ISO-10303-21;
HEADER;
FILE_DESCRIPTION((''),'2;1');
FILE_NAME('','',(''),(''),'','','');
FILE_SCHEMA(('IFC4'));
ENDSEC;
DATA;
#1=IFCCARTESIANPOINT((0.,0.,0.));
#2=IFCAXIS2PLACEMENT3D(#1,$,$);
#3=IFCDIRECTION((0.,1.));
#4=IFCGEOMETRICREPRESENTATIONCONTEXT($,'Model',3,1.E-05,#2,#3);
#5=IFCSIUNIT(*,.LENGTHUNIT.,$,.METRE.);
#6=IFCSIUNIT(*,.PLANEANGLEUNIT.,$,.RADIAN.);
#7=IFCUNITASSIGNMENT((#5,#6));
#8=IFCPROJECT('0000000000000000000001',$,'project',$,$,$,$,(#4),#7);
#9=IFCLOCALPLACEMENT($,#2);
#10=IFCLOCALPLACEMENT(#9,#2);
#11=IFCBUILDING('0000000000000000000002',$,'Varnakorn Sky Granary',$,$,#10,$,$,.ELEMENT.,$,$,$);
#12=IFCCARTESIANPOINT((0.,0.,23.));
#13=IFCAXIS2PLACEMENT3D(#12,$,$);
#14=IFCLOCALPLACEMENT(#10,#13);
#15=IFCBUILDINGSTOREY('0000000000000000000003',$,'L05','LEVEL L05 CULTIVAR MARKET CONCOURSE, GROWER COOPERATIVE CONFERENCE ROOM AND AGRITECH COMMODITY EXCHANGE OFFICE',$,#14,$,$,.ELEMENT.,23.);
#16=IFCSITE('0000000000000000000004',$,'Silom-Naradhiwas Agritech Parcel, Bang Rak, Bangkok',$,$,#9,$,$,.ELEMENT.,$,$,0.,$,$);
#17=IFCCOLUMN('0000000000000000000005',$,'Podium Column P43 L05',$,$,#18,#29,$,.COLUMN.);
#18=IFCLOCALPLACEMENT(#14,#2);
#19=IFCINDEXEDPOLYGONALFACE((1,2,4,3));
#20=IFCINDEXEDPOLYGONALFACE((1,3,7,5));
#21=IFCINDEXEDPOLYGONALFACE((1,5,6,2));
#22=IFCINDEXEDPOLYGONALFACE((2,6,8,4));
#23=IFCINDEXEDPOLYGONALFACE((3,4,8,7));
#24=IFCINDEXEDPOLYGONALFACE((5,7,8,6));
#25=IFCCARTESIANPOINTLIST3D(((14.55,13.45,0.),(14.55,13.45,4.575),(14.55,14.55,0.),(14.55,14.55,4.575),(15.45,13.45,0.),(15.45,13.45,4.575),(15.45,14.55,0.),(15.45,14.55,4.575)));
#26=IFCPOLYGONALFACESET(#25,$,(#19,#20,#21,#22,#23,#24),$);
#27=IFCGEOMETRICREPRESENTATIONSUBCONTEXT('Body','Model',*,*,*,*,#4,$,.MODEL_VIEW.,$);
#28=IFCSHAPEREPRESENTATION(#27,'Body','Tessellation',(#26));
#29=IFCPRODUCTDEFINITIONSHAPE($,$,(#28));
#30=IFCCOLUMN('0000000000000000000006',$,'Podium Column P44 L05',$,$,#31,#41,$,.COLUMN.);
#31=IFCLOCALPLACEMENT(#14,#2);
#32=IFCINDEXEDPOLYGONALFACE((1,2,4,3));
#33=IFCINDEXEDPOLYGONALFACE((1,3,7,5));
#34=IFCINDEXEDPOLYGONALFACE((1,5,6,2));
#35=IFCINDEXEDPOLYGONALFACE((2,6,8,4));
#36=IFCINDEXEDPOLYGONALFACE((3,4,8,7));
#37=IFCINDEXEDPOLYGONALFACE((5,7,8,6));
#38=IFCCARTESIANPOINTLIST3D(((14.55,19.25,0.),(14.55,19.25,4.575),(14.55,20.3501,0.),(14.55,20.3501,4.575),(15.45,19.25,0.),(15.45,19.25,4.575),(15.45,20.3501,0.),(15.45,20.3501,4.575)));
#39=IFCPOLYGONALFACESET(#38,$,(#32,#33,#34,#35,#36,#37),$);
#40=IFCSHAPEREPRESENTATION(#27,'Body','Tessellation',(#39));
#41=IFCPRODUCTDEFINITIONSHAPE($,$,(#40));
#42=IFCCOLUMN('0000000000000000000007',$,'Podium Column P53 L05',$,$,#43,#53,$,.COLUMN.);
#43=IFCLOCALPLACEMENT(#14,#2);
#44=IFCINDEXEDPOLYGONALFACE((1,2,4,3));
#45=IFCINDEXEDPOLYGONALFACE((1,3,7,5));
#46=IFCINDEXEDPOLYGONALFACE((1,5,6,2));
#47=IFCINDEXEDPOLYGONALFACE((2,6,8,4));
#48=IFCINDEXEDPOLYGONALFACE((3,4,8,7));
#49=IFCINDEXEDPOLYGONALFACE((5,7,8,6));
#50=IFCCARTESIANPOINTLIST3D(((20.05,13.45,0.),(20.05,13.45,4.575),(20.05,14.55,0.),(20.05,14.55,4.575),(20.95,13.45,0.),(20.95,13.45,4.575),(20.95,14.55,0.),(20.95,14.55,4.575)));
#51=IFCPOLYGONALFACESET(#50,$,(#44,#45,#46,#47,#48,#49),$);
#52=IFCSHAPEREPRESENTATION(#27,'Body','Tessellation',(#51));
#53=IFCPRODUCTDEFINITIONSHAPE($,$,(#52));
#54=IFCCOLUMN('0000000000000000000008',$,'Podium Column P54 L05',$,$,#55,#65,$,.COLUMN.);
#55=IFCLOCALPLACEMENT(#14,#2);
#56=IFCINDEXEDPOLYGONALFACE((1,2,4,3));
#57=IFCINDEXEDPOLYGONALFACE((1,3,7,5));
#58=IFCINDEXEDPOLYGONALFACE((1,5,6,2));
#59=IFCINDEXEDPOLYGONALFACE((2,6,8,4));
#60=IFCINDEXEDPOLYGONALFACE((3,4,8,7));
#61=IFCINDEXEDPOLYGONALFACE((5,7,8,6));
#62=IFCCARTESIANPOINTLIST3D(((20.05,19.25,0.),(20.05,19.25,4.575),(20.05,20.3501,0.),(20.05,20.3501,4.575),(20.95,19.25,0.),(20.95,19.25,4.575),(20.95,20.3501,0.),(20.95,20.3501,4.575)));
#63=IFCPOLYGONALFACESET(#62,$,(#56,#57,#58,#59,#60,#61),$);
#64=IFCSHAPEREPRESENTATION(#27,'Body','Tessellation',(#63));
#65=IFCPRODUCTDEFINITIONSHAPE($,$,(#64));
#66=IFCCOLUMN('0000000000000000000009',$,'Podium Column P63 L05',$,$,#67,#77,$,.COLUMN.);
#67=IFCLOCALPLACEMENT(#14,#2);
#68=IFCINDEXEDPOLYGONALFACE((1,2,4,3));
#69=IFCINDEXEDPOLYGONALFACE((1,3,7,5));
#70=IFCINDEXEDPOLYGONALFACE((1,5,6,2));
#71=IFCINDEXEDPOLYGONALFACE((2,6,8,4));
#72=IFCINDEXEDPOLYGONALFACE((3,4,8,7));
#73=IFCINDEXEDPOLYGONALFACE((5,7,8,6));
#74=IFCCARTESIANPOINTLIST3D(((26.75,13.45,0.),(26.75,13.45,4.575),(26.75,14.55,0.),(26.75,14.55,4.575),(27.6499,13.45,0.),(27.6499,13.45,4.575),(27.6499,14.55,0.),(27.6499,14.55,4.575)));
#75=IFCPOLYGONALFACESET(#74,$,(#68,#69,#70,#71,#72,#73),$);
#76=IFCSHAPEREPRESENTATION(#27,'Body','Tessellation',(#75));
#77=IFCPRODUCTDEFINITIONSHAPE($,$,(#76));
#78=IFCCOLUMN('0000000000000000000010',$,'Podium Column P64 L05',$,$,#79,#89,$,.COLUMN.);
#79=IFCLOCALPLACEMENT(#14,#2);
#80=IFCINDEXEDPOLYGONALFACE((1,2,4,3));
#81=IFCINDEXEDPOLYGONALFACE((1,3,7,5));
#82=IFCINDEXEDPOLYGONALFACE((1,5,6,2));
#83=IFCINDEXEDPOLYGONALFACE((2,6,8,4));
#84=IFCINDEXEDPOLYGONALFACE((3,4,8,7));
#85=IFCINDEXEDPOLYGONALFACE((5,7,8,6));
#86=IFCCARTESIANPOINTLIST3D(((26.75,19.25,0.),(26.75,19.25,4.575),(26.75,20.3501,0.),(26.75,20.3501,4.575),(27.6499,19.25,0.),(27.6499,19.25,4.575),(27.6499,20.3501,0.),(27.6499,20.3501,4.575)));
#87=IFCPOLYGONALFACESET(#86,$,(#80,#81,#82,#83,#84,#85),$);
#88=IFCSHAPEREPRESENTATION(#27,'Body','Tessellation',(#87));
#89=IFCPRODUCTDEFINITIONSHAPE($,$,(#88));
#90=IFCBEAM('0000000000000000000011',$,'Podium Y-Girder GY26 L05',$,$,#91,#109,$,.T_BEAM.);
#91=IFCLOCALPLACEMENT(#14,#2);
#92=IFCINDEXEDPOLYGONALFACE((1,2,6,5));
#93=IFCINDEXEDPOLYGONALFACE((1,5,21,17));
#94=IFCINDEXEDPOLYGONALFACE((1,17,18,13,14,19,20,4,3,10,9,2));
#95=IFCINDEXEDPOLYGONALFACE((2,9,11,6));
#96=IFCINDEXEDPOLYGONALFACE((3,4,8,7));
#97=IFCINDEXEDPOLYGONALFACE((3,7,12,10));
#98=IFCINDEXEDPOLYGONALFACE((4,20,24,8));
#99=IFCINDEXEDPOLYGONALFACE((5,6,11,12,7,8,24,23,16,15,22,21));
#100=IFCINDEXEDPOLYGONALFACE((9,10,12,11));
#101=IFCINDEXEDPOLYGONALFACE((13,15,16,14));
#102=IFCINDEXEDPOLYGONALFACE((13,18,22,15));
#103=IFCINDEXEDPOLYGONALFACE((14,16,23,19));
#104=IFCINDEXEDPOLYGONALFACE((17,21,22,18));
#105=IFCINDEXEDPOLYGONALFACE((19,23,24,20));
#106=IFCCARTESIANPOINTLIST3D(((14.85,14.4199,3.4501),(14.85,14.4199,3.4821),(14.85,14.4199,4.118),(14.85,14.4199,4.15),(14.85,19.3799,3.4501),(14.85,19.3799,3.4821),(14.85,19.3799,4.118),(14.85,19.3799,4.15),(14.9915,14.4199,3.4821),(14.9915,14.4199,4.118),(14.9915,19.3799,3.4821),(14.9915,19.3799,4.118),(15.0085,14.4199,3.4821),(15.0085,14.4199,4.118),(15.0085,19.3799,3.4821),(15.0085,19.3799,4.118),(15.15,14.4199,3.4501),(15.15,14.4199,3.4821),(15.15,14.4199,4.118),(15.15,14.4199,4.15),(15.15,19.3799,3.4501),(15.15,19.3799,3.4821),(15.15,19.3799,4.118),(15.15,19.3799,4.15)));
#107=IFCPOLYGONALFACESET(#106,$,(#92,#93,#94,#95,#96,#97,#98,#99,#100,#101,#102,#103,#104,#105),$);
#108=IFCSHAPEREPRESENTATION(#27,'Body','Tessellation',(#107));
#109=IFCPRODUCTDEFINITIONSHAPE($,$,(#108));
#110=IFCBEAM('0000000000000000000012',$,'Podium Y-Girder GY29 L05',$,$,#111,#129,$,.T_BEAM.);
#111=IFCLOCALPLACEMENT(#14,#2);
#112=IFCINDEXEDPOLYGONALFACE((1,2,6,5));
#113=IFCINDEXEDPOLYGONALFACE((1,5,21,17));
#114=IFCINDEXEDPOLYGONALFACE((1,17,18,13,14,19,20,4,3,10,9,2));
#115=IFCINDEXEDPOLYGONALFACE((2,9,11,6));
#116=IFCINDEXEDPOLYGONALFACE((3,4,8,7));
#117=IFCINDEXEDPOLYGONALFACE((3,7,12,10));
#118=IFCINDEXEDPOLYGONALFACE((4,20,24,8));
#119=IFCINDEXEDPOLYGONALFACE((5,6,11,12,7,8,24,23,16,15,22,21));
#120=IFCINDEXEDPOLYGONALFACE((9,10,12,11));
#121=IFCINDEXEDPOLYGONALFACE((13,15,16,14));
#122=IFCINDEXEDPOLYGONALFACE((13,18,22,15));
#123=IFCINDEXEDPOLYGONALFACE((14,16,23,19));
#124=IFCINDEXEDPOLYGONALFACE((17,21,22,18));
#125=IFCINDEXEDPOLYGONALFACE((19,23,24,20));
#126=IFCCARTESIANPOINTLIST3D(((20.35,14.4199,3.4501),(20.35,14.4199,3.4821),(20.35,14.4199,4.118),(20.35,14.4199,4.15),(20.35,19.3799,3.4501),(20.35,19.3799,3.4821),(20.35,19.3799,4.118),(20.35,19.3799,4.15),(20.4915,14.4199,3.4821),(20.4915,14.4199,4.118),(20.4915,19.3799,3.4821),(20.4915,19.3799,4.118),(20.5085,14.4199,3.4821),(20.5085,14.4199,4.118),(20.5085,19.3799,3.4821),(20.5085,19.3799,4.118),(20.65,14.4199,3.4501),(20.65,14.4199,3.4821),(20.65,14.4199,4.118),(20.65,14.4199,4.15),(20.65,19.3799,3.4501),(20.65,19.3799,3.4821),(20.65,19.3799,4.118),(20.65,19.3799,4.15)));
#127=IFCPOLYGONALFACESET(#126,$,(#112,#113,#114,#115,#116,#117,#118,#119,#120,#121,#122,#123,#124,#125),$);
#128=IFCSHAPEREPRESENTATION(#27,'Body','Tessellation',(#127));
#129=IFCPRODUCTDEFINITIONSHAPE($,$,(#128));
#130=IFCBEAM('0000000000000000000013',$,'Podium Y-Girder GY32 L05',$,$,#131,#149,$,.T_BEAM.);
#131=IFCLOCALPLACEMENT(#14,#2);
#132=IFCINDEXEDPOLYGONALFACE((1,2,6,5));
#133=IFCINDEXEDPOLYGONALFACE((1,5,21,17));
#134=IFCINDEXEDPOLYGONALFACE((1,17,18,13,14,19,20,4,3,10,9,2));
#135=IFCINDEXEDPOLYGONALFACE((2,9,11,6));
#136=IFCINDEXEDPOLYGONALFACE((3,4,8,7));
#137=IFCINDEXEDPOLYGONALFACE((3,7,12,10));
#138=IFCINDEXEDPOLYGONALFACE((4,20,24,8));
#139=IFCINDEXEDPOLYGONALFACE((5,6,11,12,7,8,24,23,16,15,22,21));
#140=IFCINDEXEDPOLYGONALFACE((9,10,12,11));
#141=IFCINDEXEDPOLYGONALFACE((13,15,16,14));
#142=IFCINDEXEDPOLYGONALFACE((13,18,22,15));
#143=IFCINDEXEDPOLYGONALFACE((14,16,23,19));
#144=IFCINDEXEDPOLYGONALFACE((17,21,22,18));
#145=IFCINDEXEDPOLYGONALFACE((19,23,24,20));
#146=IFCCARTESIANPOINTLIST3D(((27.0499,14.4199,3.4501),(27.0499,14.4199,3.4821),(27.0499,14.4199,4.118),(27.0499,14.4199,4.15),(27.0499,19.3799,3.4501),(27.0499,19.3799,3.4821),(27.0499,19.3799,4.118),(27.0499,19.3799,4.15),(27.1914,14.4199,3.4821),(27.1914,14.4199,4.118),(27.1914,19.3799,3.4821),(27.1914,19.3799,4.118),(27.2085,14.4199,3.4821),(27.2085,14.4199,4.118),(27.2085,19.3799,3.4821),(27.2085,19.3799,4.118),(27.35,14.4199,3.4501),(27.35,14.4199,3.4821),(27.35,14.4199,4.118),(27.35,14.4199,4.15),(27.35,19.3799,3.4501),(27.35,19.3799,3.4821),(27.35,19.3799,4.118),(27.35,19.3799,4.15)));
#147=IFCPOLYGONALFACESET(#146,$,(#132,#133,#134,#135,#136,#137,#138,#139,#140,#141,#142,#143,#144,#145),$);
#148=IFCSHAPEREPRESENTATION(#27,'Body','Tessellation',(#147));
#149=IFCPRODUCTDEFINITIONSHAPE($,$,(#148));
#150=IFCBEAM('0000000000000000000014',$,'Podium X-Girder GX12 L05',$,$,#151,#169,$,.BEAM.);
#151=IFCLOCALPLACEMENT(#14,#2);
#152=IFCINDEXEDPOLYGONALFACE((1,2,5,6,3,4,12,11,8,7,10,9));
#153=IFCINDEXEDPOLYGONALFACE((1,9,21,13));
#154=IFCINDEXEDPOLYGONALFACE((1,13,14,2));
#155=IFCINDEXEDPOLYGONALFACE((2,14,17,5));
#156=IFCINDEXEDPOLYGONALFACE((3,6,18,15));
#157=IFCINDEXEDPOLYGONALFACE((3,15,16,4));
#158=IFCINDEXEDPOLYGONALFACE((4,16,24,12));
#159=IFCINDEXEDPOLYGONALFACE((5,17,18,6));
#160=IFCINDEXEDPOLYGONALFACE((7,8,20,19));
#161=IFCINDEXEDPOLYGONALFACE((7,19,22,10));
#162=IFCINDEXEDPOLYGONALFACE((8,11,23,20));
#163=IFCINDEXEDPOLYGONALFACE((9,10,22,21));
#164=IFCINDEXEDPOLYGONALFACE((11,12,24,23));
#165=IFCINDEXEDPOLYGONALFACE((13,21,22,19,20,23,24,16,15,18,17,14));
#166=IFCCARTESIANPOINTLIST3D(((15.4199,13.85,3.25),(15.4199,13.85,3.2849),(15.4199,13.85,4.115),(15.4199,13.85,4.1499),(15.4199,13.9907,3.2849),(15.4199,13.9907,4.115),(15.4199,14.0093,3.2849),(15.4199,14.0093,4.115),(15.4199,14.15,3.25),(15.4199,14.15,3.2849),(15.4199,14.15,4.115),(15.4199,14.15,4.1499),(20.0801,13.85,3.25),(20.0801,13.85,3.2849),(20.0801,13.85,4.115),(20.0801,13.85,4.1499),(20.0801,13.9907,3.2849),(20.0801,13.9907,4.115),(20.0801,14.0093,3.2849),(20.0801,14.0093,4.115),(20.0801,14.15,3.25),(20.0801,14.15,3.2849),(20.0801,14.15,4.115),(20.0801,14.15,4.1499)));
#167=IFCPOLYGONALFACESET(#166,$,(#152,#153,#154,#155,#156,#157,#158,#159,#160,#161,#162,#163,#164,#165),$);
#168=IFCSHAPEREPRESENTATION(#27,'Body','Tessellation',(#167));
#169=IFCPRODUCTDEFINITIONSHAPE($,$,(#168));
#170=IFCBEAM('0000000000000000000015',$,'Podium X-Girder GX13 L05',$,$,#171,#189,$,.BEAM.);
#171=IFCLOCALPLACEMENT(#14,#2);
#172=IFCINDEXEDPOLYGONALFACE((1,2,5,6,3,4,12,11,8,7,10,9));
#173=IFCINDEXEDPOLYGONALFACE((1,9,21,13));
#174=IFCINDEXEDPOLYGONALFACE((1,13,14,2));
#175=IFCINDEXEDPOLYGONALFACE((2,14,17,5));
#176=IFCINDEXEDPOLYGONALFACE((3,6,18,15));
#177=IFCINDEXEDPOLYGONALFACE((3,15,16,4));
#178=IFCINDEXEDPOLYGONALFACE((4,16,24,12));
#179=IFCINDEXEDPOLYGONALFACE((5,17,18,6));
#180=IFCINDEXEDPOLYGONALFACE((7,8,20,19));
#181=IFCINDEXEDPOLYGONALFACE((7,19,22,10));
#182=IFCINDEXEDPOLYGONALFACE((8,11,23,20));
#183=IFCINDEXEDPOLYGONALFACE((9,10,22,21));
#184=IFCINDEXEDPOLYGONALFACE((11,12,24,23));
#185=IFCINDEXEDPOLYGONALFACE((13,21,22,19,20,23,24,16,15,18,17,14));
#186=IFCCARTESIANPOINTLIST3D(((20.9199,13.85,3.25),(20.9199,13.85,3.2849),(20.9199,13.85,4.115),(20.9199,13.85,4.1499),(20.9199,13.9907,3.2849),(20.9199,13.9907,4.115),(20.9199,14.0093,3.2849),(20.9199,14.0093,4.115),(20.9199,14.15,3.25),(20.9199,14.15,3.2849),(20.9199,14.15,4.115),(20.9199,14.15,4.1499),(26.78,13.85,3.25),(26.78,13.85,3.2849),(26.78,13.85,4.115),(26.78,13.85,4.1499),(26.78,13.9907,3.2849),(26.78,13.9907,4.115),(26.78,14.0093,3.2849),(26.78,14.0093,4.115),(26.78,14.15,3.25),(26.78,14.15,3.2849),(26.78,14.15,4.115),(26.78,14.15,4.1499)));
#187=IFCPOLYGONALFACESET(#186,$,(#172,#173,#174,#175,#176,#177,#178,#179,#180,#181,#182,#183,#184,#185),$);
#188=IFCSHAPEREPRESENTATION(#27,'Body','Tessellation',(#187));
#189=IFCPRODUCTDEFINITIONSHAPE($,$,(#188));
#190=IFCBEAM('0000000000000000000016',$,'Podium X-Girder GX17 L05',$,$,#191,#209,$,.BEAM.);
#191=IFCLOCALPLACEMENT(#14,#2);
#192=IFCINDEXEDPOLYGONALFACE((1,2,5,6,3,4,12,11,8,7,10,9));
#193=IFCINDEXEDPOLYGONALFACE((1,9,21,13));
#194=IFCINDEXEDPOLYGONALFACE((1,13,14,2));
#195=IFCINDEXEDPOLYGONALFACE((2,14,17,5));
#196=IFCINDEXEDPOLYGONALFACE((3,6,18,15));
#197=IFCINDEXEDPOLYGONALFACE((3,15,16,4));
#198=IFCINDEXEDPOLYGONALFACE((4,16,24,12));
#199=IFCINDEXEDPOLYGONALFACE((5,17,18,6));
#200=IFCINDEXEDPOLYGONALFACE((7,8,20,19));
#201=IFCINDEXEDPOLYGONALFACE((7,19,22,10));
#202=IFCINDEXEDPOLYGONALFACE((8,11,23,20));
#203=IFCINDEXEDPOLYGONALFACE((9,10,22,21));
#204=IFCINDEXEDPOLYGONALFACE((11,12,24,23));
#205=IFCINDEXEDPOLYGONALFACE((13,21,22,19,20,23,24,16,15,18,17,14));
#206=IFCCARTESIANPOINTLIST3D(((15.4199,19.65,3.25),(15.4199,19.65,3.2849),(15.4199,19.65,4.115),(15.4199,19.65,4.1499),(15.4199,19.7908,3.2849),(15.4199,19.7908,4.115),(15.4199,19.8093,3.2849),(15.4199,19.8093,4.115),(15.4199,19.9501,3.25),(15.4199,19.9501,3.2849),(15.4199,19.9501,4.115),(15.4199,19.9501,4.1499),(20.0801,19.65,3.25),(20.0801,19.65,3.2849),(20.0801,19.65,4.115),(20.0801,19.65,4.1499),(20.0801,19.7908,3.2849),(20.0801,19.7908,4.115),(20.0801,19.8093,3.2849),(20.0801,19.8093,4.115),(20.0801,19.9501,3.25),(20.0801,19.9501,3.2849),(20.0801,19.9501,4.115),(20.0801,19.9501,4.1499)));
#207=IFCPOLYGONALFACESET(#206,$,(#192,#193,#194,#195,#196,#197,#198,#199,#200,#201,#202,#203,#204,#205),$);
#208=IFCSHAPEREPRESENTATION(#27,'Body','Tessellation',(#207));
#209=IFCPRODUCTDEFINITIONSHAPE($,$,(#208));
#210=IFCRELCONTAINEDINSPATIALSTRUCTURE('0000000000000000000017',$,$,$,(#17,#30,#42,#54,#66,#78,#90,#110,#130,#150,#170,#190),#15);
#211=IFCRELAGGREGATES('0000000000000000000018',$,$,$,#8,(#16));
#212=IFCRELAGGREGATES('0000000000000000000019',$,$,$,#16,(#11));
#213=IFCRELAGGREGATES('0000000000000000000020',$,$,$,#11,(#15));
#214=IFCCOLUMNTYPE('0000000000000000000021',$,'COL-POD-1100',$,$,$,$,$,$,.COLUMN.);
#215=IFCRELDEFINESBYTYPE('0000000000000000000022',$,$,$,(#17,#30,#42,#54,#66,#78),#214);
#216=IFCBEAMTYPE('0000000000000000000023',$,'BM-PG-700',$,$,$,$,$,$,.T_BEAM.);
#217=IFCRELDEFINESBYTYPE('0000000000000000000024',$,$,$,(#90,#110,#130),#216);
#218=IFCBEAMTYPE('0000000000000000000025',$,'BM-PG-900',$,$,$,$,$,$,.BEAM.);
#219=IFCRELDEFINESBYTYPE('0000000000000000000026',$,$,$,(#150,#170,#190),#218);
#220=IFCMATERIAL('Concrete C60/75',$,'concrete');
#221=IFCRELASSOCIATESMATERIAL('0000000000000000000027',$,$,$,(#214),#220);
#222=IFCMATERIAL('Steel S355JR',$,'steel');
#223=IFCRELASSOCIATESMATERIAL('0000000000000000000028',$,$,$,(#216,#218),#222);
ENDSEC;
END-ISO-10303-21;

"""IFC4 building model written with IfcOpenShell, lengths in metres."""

from ifc_helpers import new_model, si_unit, direction, frame, origin, origin_2d, place, context, subcontext, project, spatial, rectangle, i_section, extrude, material, material_profile, profile_set, type_object, element, save


model = new_model("IFC4")

# Units and contexts
model_context = context("Model", 3, precision=1e-05, world=origin(), true_north=direction((0.0, 1.0)))
body_context = subcontext(model_context, "Body", "Model", "MODEL_VIEW")
ifc_project = project(units=[si_unit("LENGTHUNIT", "METRE"), si_unit("PLANEANGLEUNIT", "RADIAN")], contexts=[model_context])

# Site, building, storey
site_placement = place(None, origin())
site = spatial("IfcSite", under=ifc_project, at=site_placement, Name="Silom-Naradhiwas Agritech Parcel, Bang Rak, Bangkok", CompositionType="ELEMENT", RefElevation=0.0)
building_placement = place(site_placement, origin())
building = spatial("IfcBuilding", under=site, at=building_placement, Name="Varnakorn Sky Granary", CompositionType="ELEMENT")
storey_placement = place(building_placement, frame((0.0, 0.0, 23.0)))
storey = spatial("IfcBuildingStorey", under=building, at=storey_placement, Name="L05", Description="LEVEL L05 CULTIVAR MARKET CONCOURSE, GROWER COOPERATIVE CONFERENCE ROOM AND AGRITECH COMMODITY EXCHANGE OFFICE", CompositionType="ELEMENT", Elevation=23.0)

# Columns
ifc_material_1 = material(Name="Concrete C60/75", Category="concrete")
ifc_material_profile_1 = material_profile(ifc_material_1, rectangle(XDim=0.8999, YDim=1.1001, at=origin_2d()), Name="RC 900x1100")
ifc_profile_set_1 = profile_set([ifc_material_profile_1], Name="Concrete C60/75")
column_type = type_object("IfcColumnType", Name="COL-POD-1100", PredefinedType="COLUMN", material=ifc_profile_set_1)
for number, where, z_axis, x_axis, name in (
    (1, (15.0, 14.0, 0.0), (0.0, 0.0, 1.0), (1.0, 0.0, 0.0), "Podium Column P43 L05"),
    (2, (15.0, 19.8, 0.0), (0.0, 0.0, 1.0), (1.0, 0.0, 0.0), "Podium Column P44 L05"),
    (3, (20.5, 14.0, 0.0), (0.0, 0.0, 1.0), (1.0, 0.0, 0.0), "Podium Column P53 L05"),
    (4, (20.5, 19.8, 0.0), (0.0, 0.0, 1.0), (1.0, 0.0, 0.0), "Podium Column P54 L05"),
    (5, (27.2, 14.0, 0.0), (0.0, 0.0, 1.0), (1.0, 0.0, 0.0), "Podium Column P63 L05"),
    (6, (27.2, 19.8, 0.0), (0.0, 0.0, 1.0), (1.0, 0.0, 0.0), "Podium Column P64 L05"),
):
    element("IfcColumn", number, at=place(storey_placement, frame(where, z_axis=z_axis, x_axis=x_axis)), inside=storey, type_object=column_type, Name=name, PredefinedType="COLUMN", context=body_context, shape_type="SweptSolid", body=[
        extrude(rectangle(XDim=0.8999, YDim=1.1001, at=origin_2d()), origin(), (0.0, 0.0, 1.0), 4.575),
    ])

# Beams
ifc_material_2 = material(Name="Steel S355JR", Category="steel")
ifc_material_profile_2 = material_profile(ifc_material_2, i_section(OverallWidth=0.3, OverallDepth=0.7, WebThickness=0.0171, FlangeThickness=0.032, at=origin_2d()), Name="HE 700 B")
ifc_profile_set_2 = profile_set([ifc_material_profile_2], Name="Steel S355JR")
beam_type_1 = type_object("IfcBeamType", Name="BM-PG-700", PredefinedType="T_BEAM", material=ifc_profile_set_2)
for number, where, z_axis, x_axis, name in (
    (7, (15.0, 14.4199, 3.8), (0.0, 1.0, 0.0), (-1.0, 0.0, 0.0), "Podium Y-Girder GY26 L05"),
    (8, (20.5, 14.4199, 3.8), (0.0, 1.0, 0.0), (-1.0, 0.0, 0.0), "Podium Y-Girder GY29 L05"),
    (9, (27.2, 14.4199, 3.8), (0.0, 1.0, 0.0), (-1.0, 0.0, 0.0), "Podium Y-Girder GY32 L05"),
):
    element("IfcBeam", number, at=place(storey_placement, frame(where, z_axis=z_axis, x_axis=x_axis)), inside=storey, type_object=beam_type_1, Name=name, PredefinedType="T_BEAM", context=body_context, shape_type="SweptSolid", body=[
        extrude(i_section(OverallWidth=0.3, OverallDepth=0.7, WebThickness=0.0171, FlangeThickness=0.032, at=origin_2d()), origin(), (0.0, 0.0, 1.0), 4.96),
    ])
ifc_material_profile_3 = material_profile(ifc_material_2, i_section(OverallWidth=0.3, OverallDepth=0.8999, WebThickness=0.0186, FlangeThickness=0.0349, at=origin_2d()), Name="HE 900 B")
ifc_profile_set_3 = profile_set([ifc_material_profile_3], Name="Steel S355JR")
beam_type_2 = type_object("IfcBeamType", Name="BM-PG-900", PredefinedType="BEAM", material=ifc_profile_set_3)
beam_1_placement = place(storey_placement, frame((15.4199, 14.0, 3.7), z_axis=(1.0, 0.0, 0.0), x_axis=(0.0, 1.0, 0.0)))
element("IfcBeam", 10, at=beam_1_placement, inside=storey, type_object=beam_type_2, Name="Podium X-Girder GX12 L05", PredefinedType="BEAM", context=body_context, shape_type="SweptSolid", body=[
    extrude(i_section(OverallWidth=0.3, OverallDepth=0.8999, WebThickness=0.0186, FlangeThickness=0.0349, at=origin_2d()), origin(), (0.0, 0.0, 1.0), 4.6602),
])
beam_2_placement = place(storey_placement, frame((20.9199, 14.0, 3.7), z_axis=(1.0, 0.0, 0.0), x_axis=(0.0, 1.0, 0.0)))
element("IfcBeam", 11, at=beam_2_placement, inside=storey, type_object=beam_type_2, Name="Podium X-Girder GX13 L05", PredefinedType="BEAM", context=body_context, shape_type="SweptSolid", body=[
    extrude(i_section(OverallWidth=0.3, OverallDepth=0.8999, WebThickness=0.0186, FlangeThickness=0.0349, at=origin_2d()), origin(), (0.0, 0.0, 1.0), 5.8601),
])
beam_3_placement = place(storey_placement, frame((15.4199, 19.8, 3.7), z_axis=(1.0, 0.0, 0.0), x_axis=(0.0, 1.0, 0.0)))
element("IfcBeam", 12, at=beam_3_placement, inside=storey, type_object=beam_type_2, Name="Podium X-Girder GX17 L05", PredefinedType="BEAM", context=body_context, shape_type="SweptSolid", body=[
    extrude(i_section(OverallWidth=0.3, OverallDepth=0.8999, WebThickness=0.0186, FlangeThickness=0.0349, at=origin_2d()), origin(), (0.0, 0.0, 1.0), 4.6602),
])

save(model, "model.ifc")
